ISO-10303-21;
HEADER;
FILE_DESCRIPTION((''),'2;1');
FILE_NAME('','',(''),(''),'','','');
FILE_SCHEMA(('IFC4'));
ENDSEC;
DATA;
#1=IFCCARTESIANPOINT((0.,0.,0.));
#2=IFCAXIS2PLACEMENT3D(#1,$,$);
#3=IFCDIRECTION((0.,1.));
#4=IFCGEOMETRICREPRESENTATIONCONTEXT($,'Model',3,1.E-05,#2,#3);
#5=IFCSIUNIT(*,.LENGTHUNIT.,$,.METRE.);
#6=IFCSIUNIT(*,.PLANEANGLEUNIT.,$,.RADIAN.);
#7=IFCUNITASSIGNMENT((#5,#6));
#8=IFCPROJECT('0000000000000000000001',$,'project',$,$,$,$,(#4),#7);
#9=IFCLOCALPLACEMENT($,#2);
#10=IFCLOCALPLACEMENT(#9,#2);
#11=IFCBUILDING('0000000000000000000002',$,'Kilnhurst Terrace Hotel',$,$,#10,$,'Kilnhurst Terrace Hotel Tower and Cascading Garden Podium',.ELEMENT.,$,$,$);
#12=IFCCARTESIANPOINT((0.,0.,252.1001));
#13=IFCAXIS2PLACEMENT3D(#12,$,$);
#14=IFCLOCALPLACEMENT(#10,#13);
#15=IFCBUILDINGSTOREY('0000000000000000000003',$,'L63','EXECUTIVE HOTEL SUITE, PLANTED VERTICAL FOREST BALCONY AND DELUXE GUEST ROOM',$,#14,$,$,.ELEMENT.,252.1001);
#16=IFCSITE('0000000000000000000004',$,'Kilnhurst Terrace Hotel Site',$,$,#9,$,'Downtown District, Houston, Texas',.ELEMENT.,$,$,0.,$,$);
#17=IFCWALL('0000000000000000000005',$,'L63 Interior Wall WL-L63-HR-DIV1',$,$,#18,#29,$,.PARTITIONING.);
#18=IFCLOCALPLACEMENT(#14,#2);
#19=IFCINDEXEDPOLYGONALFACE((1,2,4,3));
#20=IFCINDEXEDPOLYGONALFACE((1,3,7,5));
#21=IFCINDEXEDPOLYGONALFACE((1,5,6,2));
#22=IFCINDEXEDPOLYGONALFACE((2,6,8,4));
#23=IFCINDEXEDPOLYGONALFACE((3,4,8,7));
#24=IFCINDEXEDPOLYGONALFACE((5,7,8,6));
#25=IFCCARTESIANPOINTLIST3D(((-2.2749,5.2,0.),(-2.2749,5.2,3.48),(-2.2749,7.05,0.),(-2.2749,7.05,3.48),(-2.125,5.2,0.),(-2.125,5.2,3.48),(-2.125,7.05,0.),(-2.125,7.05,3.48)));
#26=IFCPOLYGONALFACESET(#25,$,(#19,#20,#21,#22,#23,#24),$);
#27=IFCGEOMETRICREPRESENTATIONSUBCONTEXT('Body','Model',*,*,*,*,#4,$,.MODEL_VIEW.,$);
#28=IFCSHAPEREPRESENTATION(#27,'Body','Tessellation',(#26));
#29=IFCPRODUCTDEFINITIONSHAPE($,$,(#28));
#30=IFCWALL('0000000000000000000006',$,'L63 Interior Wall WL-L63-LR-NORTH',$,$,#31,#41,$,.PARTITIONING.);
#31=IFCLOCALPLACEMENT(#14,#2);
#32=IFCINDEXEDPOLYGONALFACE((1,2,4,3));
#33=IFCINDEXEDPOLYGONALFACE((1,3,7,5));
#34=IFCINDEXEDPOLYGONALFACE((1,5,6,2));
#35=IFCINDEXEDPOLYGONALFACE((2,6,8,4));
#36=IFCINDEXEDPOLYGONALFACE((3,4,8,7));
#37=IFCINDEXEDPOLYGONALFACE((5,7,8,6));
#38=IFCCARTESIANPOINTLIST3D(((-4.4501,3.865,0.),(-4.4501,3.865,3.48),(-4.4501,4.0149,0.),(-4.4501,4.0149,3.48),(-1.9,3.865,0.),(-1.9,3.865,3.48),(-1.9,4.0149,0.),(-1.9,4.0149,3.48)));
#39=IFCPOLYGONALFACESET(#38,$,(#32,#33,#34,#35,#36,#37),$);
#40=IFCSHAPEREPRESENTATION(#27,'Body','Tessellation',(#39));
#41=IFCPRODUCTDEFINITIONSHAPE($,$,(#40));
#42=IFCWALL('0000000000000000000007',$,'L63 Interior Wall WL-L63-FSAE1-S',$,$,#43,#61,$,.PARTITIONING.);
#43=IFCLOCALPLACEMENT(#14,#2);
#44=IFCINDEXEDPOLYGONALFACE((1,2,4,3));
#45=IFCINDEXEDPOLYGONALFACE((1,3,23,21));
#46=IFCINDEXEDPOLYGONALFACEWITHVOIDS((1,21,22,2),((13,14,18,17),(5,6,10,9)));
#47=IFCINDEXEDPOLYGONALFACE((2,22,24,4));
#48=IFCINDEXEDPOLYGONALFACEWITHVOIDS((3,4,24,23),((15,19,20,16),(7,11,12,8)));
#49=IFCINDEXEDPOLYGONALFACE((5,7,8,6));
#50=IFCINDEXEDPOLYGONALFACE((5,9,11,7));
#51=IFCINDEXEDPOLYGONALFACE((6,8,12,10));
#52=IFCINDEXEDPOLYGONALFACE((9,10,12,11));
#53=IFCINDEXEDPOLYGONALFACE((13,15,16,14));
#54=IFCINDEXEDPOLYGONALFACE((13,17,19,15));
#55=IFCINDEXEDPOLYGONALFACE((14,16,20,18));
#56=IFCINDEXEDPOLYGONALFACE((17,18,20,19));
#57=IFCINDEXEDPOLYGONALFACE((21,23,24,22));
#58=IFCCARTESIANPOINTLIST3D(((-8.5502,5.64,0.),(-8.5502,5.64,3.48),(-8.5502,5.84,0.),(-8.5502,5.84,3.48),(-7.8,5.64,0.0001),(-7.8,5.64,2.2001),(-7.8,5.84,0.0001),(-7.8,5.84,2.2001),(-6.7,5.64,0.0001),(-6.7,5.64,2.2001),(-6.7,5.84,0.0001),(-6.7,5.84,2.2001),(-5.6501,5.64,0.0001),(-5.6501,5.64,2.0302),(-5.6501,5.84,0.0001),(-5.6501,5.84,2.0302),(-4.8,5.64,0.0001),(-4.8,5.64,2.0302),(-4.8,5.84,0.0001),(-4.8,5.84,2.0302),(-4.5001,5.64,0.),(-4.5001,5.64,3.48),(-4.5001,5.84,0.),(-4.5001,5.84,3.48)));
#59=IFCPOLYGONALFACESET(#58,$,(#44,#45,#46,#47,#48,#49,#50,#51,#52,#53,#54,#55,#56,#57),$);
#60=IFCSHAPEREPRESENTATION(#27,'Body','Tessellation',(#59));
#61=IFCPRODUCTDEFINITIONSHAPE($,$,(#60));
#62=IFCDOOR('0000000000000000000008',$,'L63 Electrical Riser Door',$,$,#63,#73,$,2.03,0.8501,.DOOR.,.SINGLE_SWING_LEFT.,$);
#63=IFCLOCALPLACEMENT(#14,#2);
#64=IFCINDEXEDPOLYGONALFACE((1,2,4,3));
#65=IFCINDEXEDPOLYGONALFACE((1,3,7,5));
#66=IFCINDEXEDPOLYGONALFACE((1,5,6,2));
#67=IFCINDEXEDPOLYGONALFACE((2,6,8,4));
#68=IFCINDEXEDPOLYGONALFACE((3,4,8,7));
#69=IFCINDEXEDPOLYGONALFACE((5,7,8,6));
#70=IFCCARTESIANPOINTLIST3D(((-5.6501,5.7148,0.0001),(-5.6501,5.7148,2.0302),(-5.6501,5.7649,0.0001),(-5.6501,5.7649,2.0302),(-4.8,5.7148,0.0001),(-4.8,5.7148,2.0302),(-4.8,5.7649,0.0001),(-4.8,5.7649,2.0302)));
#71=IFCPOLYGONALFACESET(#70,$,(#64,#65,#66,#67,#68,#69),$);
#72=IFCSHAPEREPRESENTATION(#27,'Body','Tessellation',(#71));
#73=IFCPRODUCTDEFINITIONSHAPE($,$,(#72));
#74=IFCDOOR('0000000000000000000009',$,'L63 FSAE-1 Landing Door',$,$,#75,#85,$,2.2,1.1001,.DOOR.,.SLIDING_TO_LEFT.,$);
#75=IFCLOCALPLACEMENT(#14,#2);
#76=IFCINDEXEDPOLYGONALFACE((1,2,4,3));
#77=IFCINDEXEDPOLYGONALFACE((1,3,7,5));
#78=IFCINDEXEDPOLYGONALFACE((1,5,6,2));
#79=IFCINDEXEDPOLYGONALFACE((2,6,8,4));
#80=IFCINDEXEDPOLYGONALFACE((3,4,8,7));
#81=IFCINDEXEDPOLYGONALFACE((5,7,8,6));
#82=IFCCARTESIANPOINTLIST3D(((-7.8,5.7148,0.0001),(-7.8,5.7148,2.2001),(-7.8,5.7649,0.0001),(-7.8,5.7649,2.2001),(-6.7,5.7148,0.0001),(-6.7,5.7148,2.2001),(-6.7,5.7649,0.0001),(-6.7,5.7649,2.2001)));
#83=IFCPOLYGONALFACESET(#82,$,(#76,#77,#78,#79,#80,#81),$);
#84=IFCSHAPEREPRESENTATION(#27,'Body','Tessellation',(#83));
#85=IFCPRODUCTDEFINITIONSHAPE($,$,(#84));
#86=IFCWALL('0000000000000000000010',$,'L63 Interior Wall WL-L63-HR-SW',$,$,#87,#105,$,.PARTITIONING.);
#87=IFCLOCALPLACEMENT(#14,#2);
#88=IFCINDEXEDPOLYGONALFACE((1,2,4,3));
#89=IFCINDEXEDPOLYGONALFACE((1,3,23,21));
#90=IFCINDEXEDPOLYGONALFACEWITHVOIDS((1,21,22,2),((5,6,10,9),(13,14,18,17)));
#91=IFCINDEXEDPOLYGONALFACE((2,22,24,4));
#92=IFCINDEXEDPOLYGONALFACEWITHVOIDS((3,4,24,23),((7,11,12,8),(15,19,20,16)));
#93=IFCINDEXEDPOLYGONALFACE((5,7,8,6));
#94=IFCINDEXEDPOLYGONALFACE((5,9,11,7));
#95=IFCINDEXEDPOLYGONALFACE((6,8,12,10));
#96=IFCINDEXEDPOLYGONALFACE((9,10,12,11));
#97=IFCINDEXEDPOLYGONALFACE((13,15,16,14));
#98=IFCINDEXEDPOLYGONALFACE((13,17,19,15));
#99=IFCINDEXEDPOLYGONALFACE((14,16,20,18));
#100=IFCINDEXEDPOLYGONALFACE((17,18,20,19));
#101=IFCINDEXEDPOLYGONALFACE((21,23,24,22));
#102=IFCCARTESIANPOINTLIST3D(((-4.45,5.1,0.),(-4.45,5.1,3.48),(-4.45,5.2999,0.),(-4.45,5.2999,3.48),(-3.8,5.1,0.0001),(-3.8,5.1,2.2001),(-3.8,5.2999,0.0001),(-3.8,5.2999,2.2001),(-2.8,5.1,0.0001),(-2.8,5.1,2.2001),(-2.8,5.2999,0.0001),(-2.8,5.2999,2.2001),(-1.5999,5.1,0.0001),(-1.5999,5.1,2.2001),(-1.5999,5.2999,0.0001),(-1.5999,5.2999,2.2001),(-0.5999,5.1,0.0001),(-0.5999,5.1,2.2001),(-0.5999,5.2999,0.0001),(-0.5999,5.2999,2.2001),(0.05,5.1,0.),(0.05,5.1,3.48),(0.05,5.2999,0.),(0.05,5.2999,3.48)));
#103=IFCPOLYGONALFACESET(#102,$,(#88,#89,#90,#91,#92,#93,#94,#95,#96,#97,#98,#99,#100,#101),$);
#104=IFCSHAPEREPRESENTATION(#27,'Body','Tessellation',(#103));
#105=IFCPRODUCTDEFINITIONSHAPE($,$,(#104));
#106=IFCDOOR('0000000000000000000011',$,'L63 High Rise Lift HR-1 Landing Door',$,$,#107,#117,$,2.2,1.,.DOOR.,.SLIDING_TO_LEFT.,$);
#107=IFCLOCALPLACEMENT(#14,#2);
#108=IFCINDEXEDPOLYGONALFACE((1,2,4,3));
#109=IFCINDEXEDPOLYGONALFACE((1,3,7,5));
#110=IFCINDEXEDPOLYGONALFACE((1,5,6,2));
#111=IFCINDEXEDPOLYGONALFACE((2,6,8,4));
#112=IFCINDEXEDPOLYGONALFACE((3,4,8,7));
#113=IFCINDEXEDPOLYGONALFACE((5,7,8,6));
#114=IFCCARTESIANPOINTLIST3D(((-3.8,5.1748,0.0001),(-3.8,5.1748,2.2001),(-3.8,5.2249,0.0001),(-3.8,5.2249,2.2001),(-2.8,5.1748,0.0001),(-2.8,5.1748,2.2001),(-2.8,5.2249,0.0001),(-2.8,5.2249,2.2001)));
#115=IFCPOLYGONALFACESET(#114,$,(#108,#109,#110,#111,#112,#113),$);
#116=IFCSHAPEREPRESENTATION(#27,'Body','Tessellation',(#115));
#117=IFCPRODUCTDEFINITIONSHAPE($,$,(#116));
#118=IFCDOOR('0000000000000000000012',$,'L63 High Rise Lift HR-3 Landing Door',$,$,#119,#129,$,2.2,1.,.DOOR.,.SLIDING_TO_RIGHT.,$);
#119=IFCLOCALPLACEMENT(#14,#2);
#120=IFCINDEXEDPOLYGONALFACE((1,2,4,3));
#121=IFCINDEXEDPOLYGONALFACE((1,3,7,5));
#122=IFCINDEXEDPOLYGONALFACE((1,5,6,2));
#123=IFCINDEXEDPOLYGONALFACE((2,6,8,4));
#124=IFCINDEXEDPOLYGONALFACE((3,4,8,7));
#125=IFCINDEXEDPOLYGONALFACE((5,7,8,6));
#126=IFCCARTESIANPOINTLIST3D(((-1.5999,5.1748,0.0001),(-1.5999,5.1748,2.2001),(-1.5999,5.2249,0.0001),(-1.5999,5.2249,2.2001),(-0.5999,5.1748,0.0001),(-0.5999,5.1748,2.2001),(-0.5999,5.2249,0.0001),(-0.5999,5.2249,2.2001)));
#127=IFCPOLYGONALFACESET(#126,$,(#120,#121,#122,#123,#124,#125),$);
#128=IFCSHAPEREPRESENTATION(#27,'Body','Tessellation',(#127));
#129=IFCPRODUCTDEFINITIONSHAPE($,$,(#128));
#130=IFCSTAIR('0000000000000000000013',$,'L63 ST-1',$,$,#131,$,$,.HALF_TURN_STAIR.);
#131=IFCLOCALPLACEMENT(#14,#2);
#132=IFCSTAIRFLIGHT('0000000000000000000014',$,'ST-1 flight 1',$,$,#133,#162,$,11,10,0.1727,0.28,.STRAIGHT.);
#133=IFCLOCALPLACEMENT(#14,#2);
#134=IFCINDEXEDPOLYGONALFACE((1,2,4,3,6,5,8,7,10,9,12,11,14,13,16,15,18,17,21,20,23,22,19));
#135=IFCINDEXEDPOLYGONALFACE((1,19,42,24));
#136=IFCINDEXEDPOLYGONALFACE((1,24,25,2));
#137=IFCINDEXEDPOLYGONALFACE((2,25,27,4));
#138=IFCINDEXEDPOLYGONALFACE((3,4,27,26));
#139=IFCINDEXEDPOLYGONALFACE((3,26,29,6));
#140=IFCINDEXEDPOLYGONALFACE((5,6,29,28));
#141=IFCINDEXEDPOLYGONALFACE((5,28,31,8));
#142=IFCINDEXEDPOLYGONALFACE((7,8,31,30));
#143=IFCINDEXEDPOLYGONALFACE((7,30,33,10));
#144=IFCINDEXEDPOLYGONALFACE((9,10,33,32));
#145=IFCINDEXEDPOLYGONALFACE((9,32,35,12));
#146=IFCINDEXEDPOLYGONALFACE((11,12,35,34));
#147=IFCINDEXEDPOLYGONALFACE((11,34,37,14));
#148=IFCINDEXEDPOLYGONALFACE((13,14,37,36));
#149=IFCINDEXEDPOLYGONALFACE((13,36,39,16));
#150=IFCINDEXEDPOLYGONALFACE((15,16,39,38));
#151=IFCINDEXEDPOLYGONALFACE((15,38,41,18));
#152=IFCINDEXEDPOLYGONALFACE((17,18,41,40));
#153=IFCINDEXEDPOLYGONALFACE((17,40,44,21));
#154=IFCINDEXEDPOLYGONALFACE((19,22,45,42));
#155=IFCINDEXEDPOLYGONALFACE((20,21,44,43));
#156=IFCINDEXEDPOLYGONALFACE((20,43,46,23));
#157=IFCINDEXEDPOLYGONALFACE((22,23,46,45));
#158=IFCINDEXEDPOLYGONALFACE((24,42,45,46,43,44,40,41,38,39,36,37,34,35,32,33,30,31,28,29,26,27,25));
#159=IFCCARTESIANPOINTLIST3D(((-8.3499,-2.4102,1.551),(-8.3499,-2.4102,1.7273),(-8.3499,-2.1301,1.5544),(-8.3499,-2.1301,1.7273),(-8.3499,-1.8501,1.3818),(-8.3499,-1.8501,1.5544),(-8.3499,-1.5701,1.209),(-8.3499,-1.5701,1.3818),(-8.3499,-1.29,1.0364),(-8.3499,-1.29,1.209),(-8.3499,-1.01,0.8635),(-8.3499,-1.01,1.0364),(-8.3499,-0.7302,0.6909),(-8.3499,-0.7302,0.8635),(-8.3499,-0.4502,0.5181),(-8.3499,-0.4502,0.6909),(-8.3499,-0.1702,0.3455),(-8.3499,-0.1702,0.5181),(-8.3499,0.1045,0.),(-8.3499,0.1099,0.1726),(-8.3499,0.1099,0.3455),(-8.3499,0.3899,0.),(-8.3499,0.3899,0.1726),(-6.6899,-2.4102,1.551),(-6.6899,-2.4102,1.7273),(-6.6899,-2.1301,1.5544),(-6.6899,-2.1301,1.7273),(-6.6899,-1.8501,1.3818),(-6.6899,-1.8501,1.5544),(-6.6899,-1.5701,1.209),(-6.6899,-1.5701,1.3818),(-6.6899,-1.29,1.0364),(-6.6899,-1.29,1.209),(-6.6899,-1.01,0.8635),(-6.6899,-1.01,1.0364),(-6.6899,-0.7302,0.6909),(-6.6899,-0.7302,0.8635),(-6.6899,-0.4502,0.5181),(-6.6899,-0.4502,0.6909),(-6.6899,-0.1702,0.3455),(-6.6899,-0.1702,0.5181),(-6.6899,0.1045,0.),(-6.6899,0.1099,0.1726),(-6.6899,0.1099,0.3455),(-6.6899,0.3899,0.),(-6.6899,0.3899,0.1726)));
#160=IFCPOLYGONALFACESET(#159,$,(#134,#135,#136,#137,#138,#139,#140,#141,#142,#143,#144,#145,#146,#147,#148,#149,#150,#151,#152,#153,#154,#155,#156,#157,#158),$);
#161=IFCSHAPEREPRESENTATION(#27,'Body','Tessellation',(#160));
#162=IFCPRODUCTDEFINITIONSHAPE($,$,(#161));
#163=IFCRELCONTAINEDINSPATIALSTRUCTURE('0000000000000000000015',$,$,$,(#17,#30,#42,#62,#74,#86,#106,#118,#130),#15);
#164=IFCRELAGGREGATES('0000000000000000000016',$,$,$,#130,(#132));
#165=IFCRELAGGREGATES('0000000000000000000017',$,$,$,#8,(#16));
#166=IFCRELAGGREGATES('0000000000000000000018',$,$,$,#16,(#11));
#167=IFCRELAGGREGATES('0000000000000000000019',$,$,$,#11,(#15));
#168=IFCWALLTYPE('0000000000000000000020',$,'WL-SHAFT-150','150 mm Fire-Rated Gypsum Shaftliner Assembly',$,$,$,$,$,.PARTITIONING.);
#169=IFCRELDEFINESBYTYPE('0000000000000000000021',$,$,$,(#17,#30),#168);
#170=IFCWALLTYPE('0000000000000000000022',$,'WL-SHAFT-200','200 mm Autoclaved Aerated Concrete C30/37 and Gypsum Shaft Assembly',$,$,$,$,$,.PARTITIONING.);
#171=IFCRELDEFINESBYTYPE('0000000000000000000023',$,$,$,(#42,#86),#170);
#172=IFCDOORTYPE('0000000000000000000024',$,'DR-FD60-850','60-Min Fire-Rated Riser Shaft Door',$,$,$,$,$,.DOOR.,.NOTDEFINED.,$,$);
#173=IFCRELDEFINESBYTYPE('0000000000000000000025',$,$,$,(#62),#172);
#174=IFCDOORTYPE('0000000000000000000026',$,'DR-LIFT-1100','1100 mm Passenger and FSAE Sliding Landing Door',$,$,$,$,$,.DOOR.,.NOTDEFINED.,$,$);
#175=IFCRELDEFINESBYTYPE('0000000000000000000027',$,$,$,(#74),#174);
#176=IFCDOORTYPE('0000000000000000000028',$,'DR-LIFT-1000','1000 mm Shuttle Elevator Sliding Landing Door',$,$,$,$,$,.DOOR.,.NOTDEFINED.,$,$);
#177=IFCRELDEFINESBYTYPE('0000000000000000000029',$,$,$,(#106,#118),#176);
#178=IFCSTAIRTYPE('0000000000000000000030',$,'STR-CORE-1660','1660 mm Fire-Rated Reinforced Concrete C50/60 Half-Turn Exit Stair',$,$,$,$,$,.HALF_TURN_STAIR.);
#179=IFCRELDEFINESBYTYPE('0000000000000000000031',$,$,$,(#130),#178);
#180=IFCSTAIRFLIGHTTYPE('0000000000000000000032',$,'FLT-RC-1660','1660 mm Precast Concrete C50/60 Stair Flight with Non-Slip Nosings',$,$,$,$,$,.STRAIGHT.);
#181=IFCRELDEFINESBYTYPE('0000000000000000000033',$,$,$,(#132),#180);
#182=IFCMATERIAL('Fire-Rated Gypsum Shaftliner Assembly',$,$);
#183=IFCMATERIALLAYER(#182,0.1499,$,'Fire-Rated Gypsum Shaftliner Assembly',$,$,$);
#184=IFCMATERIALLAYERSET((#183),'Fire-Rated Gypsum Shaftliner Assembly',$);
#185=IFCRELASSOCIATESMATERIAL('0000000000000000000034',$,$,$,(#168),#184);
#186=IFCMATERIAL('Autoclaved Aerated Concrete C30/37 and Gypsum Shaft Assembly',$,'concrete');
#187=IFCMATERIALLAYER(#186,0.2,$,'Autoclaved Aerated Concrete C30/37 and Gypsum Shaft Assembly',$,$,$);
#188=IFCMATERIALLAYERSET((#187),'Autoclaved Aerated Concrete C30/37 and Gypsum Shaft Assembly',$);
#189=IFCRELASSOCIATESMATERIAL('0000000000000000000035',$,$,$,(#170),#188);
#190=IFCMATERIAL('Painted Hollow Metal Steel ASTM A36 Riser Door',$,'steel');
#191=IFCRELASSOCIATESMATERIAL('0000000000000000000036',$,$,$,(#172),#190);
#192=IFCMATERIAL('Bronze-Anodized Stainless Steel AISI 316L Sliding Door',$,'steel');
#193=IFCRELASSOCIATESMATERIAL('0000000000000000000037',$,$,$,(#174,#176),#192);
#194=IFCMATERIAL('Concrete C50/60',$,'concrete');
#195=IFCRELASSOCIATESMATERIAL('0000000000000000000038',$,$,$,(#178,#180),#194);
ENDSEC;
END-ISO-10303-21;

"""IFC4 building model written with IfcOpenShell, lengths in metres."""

from ifc_helpers import new_model, si_unit, direction, frame, frame_2d, origin, place, context, subcontext, project, spatial, polyline, rectangle, outline, extrude, material, layer, layer_set, type_object, element, fill, aggregate, save


model = new_model("IFC4")

# Units and contexts
model_context = context("Model", 3, precision=1e-05, world=origin(), true_north=direction((0.0, 1.0)))
body_context = subcontext(model_context, "Body", "Model", "MODEL_VIEW")
ifc_project = project(units=[si_unit("LENGTHUNIT", "METRE"), si_unit("PLANEANGLEUNIT", "RADIAN")], contexts=[model_context])

# Site, building, storey
site_placement = place(None, origin())
site = spatial("IfcSite", under=ifc_project, at=site_placement, Name="Kilnhurst Terrace Hotel Site", LongName="Downtown District, Houston, Texas", CompositionType="ELEMENT", RefElevation=0.0)
building_placement = place(site_placement, origin())
building = spatial("IfcBuilding", under=site, at=building_placement, Name="Kilnhurst Terrace Hotel", LongName="Kilnhurst Terrace Hotel Tower and Cascading Garden Podium", CompositionType="ELEMENT")
storey_placement = place(building_placement, frame((0.0, 0.0, 252.1001)))
storey = spatial("IfcBuildingStorey", under=building, at=storey_placement, Name="L63", Description="EXECUTIVE HOTEL SUITE, PLANTED VERTICAL FOREST BALCONY AND DELUXE GUEST ROOM", CompositionType="ELEMENT", Elevation=252.1001)

# Shared definitions
ifc_material_1 = material(Name="Concrete C50/60", Category="concrete")

# Walls
ifc_material_2 = material(Name="Fire-Rated Gypsum Shaftliner Assembly")
ifc_layer_1 = layer(ifc_material_2, 0.1499, Name="Fire-Rated Gypsum Shaftliner Assembly")
ifc_layer_set_1 = layer_set([ifc_layer_1], Name="Fire-Rated Gypsum Shaftliner Assembly")
wall_type_1 = type_object("IfcWallType", Name="WL-SHAFT-150", Description="150 mm Fire-Rated Gypsum Shaftliner Assembly", PredefinedType="PARTITIONING", material=ifc_layer_set_1)
wall_1_placement = place(storey_placement, frame((-2.2, 5.2, 0.0), z_axis=(0.0, 0.0, 1.0), x_axis=(0.0, 1.0, 0.0)))
element("IfcWall", 1, at=wall_1_placement, inside=storey, type_object=wall_type_1, Name="L63 Interior Wall WL-L63-HR-DIV1", PredefinedType="PARTITIONING", context=body_context, shape_type="SweptSolid", body=[
    extrude(rectangle(XDim=1.8501, YDim=0.1499, at=frame_2d((0.925, 0.0))), origin(), (0.0, 0.0, 1.0), 3.48),
])
wall_2_placement = place(storey_placement, frame((-4.45, 3.9399, 0.0), z_axis=(0.0, 0.0, 1.0), x_axis=(1.0, 0.0, 0.0)))
element("IfcWall", 2, at=wall_2_placement, inside=storey, type_object=wall_type_1, Name="L63 Interior Wall WL-L63-LR-NORTH", PredefinedType="PARTITIONING", context=body_context, shape_type="SweptSolid", body=[
    extrude(rectangle(XDim=2.55, YDim=0.1499, at=frame_2d((1.2749, 0.0))), origin(), (0.0, 0.0, 1.0), 3.48),
])

# Walls, openings, doors
ifc_material_3 = material(Name="Autoclaved Aerated Concrete C30/37 and Gypsum Shaft Assembly", Category="concrete")
ifc_layer_2 = layer(ifc_material_3, 0.2, Name="Autoclaved Aerated Concrete C30/37 and Gypsum Shaft Assembly")
ifc_layer_set_2 = layer_set([ifc_layer_2], Name="Autoclaved Aerated Concrete C30/37 and Gypsum Shaft Assembly")
wall_type_2 = type_object("IfcWallType", Name="WL-SHAFT-200", Description="200 mm Autoclaved Aerated Concrete C30/37 and Gypsum Shaft Assembly", PredefinedType="PARTITIONING", material=ifc_layer_set_2)
wall_3_placement = place(storey_placement, frame((-8.55, 5.74, 0.0), z_axis=(0.0, 0.0, 1.0), x_axis=(1.0, 0.0, 0.0)))
wall_3 = element("IfcWall", 3, at=wall_3_placement, inside=storey, type_object=wall_type_2, Name="L63 Interior Wall WL-L63-FSAE1-S", PredefinedType="PARTITIONING", context=body_context, shape_type="SweptSolid", body=[
    extrude(rectangle(XDim=4.05, YDim=0.2, at=frame_2d((2.0249, 0.0))), origin(), (0.0, 0.0, 1.0), 3.48),
])
opening_1_placement = place(wall_3_placement, frame((0.75, 0.0, 0.0)))
opening_1 = element("IfcOpeningElement", 4, at=opening_1_placement, cuts=wall_3, PredefinedType="OPENING", context=body_context, shape_type="SweptSolid", body=[
    extrude(rectangle(XDim=1.1001, YDim=2.2, at=frame_2d((0.55, 1.1001))), frame((0.0, 0.1099, 0.0), z_axis=(0.0, -1.0, 0.0), x_axis=(1.0, 0.0, 0.0)), (0.0, 0.0, 1.0), 0.22),
])
opening_2_placement = place(wall_3_placement, frame((2.8999, 0.0, 0.0)))
opening_2 = element("IfcOpeningElement", 5, at=opening_2_placement, cuts=wall_3, PredefinedType="OPENING", context=body_context, shape_type="SweptSolid", body=[
    extrude(rectangle(XDim=0.8501, YDim=2.03, at=frame_2d((0.425, 1.0151))), frame((0.0, 0.1099, 0.0), z_axis=(0.0, -1.0, 0.0), x_axis=(1.0, 0.0, 0.0)), (0.0, 0.0, 1.0), 0.22),
])
ifc_material_4 = material(Name="Painted Hollow Metal Steel ASTM A36 Riser Door", Category="steel")
door_type_1 = type_object("IfcDoorType", Name="DR-FD60-850", Description="60-Min Fire-Rated Riser Shaft Door", OperationType="NOTDEFINED", PredefinedType="DOOR", material=ifc_material_4)
door_1_placement = place(opening_2_placement, origin())
door_1 = element("IfcDoor", 6, at=door_1_placement, inside=storey, type_object=door_type_1, Name="L63 Electrical Riser Door", OperationType="SINGLE_SWING_LEFT", OverallHeight=2.03, OverallWidth=0.8501, PredefinedType="DOOR", context=body_context, shape_type="SweptSolid", body=[
    extrude(rectangle(XDim=0.8501, YDim=2.03, at=frame_2d((0.425, 1.0151))), frame((0.0, 0.0249, 0.0), z_axis=(0.0, -1.0, 0.0), x_axis=(1.0, 0.0, 0.0)), (0.0, 0.0, 1.0), 0.05),
])
fill(opening_2, door_1)
ifc_material_5 = material(Name="Bronze-Anodized Stainless Steel AISI 316L Sliding Door", Category="steel")
door_type_2 = type_object("IfcDoorType", Name="DR-LIFT-1100", Description="1100 mm Passenger and FSAE Sliding Landing Door", OperationType="NOTDEFINED", PredefinedType="DOOR", material=ifc_material_5)
door_2_placement = place(opening_1_placement, origin())
door_2 = element("IfcDoor", 7, at=door_2_placement, inside=storey, type_object=door_type_2, Name="L63 FSAE-1 Landing Door", OperationType="SLIDING_TO_LEFT", OverallHeight=2.2, OverallWidth=1.1001, PredefinedType="DOOR", context=body_context, shape_type="SweptSolid", body=[
    extrude(rectangle(XDim=1.1001, YDim=2.2, at=frame_2d((0.55, 1.1001))), frame((0.0, 0.0249, 0.0), z_axis=(0.0, -1.0, 0.0), x_axis=(1.0, 0.0, 0.0)), (0.0, 0.0, 1.0), 0.05),
])
fill(opening_1, door_2)
wall_4_placement = place(storey_placement, frame((-4.45, 5.2, 0.0), z_axis=(0.0, 0.0, 1.0), x_axis=(1.0, 0.0, 0.0)))
wall_4 = element("IfcWall", 8, at=wall_4_placement, inside=storey, type_object=wall_type_2, Name="L63 Interior Wall WL-L63-HR-SW", PredefinedType="PARTITIONING", context=body_context, shape_type="SweptSolid", body=[
    extrude(rectangle(XDim=4.5, YDim=0.2, at=frame_2d((2.25, 0.0))), origin(), (0.0, 0.0, 1.0), 3.48),
])
opening_3_placement = place(wall_4_placement, frame((0.6499, 0.0, 0.0)))
opening_3 = element("IfcOpeningElement", 9, at=opening_3_placement, cuts=wall_4, PredefinedType="OPENING", context=body_context, shape_type="SweptSolid", body=[
    extrude(rectangle(XDim=1.0, YDim=2.2, at=frame_2d((0.5, 1.1001))), frame((0.0, 0.1099, 0.0), z_axis=(0.0, -1.0, 0.0), x_axis=(1.0, 0.0, 0.0)), (0.0, 0.0, 1.0), 0.22),
])
opening_4_placement = place(wall_4_placement, frame((2.8501, 0.0, 0.0)))
opening_4 = element("IfcOpeningElement", 10, at=opening_4_placement, cuts=wall_4, PredefinedType="OPENING", context=body_context, shape_type="SweptSolid", body=[
    extrude(rectangle(XDim=1.0, YDim=2.2, at=frame_2d((0.5, 1.1001))), frame((0.0, 0.1099, 0.0), z_axis=(0.0, -1.0, 0.0), x_axis=(1.0, 0.0, 0.0)), (0.0, 0.0, 1.0), 0.22),
])
door_type_3 = type_object("IfcDoorType", Name="DR-LIFT-1000", Description="1000 mm Shuttle Elevator Sliding Landing Door", OperationType="NOTDEFINED", PredefinedType="DOOR", material=ifc_material_5)
door_3_placement = place(opening_3_placement, origin())
door_3 = element("IfcDoor", 11, at=door_3_placement, inside=storey, type_object=door_type_3, Name="L63 High Rise Lift HR-1 Landing Door", OperationType="SLIDING_TO_LEFT", OverallHeight=2.2, OverallWidth=1.0, PredefinedType="DOOR", context=body_context, shape_type="SweptSolid", body=[
    extrude(rectangle(XDim=1.0, YDim=2.2, at=frame_2d((0.5, 1.1001))), frame((0.0, 0.0249, 0.0), z_axis=(0.0, -1.0, 0.0), x_axis=(1.0, 0.0, 0.0)), (0.0, 0.0, 1.0), 0.05),
])
fill(opening_3, door_3)
door_4_placement = place(opening_4_placement, origin())
door_4 = element("IfcDoor", 12, at=door_4_placement, inside=storey, type_object=door_type_3, Name="L63 High Rise Lift HR-3 Landing Door", OperationType="SLIDING_TO_RIGHT", OverallHeight=2.2, OverallWidth=1.0, PredefinedType="DOOR", context=body_context, shape_type="SweptSolid", body=[
    extrude(rectangle(XDim=1.0, YDim=2.2, at=frame_2d((0.5, 1.1001))), frame((0.0, 0.0249, 0.0), z_axis=(0.0, -1.0, 0.0), x_axis=(1.0, 0.0, 0.0)), (0.0, 0.0, 1.0), 0.05),
])
fill(opening_4, door_4)

# Stair, stair flight
stair_type = type_object("IfcStairType", Name="STR-CORE-1660", Description="1660 mm Fire-Rated Reinforced Concrete C50/60 Half-Turn Exit Stair", PredefinedType="HALF_TURN_STAIR", material=ifc_material_1)
stair_placement = place(storey_placement, origin())
stair = element("IfcStair", 13, at=stair_placement, inside=storey, type_object=stair_type, Name="L63 ST-1", PredefinedType="HALF_TURN_STAIR")
stair_flight_type = type_object("IfcStairFlightType", Name="FLT-RC-1660", Description="1660 mm Precast Concrete C50/60 Stair Flight with Non-Slip Nosings", PredefinedType="STRAIGHT", material=ifc_material_1)
stair_flight_placement = place(storey_placement, frame((-7.52, 0.3899, 0.0), z_axis=(0.0, 0.0, 1.0), x_axis=(0.0, -1.0, 0.0)))
stair_flight = element("IfcStairFlight", 14, at=stair_flight_placement, type_object=stair_flight_type, Name="ST-1 flight 1", NumberOfRisers=11, NumberOfTreads=10, PredefinedType="STRAIGHT", RiserHeight=0.1727, TreadLength=0.28, context=body_context, shape_type="SweptSolid", body=[
    extrude(outline(polyline([(0.0, 0.0), (0.0, 0.1726), (0.28, 0.1726), (0.28, 0.3455), (0.5601, 0.3455), (0.5601, 0.5181), (0.8401, 0.5181), (0.8401, 0.6909), (1.1201, 0.6909), (1.1201, 0.8635), (1.3999, 0.8635), (1.3999, 1.0364), (1.6799, 1.0364), (1.6799, 1.209), (1.96, 1.209), (1.96, 1.3818), (2.24, 1.3818), (2.24, 1.5544), (2.52, 1.5544), (2.52, 1.7273), (2.8, 1.7273), (2.8, 1.8999), (2.8, 1.551), (0.2854, 0.0), (0.0, 0.0)])), frame((0.0, 0.8301, 0.0), z_axis=(0.0, -1.0, 0.0), x_axis=(1.0, 0.0, 0.0)), (0.0, 0.0, 1.0), 1.6599),
])
aggregate(stair, [stair_flight])

save(model, "model.ifc")
